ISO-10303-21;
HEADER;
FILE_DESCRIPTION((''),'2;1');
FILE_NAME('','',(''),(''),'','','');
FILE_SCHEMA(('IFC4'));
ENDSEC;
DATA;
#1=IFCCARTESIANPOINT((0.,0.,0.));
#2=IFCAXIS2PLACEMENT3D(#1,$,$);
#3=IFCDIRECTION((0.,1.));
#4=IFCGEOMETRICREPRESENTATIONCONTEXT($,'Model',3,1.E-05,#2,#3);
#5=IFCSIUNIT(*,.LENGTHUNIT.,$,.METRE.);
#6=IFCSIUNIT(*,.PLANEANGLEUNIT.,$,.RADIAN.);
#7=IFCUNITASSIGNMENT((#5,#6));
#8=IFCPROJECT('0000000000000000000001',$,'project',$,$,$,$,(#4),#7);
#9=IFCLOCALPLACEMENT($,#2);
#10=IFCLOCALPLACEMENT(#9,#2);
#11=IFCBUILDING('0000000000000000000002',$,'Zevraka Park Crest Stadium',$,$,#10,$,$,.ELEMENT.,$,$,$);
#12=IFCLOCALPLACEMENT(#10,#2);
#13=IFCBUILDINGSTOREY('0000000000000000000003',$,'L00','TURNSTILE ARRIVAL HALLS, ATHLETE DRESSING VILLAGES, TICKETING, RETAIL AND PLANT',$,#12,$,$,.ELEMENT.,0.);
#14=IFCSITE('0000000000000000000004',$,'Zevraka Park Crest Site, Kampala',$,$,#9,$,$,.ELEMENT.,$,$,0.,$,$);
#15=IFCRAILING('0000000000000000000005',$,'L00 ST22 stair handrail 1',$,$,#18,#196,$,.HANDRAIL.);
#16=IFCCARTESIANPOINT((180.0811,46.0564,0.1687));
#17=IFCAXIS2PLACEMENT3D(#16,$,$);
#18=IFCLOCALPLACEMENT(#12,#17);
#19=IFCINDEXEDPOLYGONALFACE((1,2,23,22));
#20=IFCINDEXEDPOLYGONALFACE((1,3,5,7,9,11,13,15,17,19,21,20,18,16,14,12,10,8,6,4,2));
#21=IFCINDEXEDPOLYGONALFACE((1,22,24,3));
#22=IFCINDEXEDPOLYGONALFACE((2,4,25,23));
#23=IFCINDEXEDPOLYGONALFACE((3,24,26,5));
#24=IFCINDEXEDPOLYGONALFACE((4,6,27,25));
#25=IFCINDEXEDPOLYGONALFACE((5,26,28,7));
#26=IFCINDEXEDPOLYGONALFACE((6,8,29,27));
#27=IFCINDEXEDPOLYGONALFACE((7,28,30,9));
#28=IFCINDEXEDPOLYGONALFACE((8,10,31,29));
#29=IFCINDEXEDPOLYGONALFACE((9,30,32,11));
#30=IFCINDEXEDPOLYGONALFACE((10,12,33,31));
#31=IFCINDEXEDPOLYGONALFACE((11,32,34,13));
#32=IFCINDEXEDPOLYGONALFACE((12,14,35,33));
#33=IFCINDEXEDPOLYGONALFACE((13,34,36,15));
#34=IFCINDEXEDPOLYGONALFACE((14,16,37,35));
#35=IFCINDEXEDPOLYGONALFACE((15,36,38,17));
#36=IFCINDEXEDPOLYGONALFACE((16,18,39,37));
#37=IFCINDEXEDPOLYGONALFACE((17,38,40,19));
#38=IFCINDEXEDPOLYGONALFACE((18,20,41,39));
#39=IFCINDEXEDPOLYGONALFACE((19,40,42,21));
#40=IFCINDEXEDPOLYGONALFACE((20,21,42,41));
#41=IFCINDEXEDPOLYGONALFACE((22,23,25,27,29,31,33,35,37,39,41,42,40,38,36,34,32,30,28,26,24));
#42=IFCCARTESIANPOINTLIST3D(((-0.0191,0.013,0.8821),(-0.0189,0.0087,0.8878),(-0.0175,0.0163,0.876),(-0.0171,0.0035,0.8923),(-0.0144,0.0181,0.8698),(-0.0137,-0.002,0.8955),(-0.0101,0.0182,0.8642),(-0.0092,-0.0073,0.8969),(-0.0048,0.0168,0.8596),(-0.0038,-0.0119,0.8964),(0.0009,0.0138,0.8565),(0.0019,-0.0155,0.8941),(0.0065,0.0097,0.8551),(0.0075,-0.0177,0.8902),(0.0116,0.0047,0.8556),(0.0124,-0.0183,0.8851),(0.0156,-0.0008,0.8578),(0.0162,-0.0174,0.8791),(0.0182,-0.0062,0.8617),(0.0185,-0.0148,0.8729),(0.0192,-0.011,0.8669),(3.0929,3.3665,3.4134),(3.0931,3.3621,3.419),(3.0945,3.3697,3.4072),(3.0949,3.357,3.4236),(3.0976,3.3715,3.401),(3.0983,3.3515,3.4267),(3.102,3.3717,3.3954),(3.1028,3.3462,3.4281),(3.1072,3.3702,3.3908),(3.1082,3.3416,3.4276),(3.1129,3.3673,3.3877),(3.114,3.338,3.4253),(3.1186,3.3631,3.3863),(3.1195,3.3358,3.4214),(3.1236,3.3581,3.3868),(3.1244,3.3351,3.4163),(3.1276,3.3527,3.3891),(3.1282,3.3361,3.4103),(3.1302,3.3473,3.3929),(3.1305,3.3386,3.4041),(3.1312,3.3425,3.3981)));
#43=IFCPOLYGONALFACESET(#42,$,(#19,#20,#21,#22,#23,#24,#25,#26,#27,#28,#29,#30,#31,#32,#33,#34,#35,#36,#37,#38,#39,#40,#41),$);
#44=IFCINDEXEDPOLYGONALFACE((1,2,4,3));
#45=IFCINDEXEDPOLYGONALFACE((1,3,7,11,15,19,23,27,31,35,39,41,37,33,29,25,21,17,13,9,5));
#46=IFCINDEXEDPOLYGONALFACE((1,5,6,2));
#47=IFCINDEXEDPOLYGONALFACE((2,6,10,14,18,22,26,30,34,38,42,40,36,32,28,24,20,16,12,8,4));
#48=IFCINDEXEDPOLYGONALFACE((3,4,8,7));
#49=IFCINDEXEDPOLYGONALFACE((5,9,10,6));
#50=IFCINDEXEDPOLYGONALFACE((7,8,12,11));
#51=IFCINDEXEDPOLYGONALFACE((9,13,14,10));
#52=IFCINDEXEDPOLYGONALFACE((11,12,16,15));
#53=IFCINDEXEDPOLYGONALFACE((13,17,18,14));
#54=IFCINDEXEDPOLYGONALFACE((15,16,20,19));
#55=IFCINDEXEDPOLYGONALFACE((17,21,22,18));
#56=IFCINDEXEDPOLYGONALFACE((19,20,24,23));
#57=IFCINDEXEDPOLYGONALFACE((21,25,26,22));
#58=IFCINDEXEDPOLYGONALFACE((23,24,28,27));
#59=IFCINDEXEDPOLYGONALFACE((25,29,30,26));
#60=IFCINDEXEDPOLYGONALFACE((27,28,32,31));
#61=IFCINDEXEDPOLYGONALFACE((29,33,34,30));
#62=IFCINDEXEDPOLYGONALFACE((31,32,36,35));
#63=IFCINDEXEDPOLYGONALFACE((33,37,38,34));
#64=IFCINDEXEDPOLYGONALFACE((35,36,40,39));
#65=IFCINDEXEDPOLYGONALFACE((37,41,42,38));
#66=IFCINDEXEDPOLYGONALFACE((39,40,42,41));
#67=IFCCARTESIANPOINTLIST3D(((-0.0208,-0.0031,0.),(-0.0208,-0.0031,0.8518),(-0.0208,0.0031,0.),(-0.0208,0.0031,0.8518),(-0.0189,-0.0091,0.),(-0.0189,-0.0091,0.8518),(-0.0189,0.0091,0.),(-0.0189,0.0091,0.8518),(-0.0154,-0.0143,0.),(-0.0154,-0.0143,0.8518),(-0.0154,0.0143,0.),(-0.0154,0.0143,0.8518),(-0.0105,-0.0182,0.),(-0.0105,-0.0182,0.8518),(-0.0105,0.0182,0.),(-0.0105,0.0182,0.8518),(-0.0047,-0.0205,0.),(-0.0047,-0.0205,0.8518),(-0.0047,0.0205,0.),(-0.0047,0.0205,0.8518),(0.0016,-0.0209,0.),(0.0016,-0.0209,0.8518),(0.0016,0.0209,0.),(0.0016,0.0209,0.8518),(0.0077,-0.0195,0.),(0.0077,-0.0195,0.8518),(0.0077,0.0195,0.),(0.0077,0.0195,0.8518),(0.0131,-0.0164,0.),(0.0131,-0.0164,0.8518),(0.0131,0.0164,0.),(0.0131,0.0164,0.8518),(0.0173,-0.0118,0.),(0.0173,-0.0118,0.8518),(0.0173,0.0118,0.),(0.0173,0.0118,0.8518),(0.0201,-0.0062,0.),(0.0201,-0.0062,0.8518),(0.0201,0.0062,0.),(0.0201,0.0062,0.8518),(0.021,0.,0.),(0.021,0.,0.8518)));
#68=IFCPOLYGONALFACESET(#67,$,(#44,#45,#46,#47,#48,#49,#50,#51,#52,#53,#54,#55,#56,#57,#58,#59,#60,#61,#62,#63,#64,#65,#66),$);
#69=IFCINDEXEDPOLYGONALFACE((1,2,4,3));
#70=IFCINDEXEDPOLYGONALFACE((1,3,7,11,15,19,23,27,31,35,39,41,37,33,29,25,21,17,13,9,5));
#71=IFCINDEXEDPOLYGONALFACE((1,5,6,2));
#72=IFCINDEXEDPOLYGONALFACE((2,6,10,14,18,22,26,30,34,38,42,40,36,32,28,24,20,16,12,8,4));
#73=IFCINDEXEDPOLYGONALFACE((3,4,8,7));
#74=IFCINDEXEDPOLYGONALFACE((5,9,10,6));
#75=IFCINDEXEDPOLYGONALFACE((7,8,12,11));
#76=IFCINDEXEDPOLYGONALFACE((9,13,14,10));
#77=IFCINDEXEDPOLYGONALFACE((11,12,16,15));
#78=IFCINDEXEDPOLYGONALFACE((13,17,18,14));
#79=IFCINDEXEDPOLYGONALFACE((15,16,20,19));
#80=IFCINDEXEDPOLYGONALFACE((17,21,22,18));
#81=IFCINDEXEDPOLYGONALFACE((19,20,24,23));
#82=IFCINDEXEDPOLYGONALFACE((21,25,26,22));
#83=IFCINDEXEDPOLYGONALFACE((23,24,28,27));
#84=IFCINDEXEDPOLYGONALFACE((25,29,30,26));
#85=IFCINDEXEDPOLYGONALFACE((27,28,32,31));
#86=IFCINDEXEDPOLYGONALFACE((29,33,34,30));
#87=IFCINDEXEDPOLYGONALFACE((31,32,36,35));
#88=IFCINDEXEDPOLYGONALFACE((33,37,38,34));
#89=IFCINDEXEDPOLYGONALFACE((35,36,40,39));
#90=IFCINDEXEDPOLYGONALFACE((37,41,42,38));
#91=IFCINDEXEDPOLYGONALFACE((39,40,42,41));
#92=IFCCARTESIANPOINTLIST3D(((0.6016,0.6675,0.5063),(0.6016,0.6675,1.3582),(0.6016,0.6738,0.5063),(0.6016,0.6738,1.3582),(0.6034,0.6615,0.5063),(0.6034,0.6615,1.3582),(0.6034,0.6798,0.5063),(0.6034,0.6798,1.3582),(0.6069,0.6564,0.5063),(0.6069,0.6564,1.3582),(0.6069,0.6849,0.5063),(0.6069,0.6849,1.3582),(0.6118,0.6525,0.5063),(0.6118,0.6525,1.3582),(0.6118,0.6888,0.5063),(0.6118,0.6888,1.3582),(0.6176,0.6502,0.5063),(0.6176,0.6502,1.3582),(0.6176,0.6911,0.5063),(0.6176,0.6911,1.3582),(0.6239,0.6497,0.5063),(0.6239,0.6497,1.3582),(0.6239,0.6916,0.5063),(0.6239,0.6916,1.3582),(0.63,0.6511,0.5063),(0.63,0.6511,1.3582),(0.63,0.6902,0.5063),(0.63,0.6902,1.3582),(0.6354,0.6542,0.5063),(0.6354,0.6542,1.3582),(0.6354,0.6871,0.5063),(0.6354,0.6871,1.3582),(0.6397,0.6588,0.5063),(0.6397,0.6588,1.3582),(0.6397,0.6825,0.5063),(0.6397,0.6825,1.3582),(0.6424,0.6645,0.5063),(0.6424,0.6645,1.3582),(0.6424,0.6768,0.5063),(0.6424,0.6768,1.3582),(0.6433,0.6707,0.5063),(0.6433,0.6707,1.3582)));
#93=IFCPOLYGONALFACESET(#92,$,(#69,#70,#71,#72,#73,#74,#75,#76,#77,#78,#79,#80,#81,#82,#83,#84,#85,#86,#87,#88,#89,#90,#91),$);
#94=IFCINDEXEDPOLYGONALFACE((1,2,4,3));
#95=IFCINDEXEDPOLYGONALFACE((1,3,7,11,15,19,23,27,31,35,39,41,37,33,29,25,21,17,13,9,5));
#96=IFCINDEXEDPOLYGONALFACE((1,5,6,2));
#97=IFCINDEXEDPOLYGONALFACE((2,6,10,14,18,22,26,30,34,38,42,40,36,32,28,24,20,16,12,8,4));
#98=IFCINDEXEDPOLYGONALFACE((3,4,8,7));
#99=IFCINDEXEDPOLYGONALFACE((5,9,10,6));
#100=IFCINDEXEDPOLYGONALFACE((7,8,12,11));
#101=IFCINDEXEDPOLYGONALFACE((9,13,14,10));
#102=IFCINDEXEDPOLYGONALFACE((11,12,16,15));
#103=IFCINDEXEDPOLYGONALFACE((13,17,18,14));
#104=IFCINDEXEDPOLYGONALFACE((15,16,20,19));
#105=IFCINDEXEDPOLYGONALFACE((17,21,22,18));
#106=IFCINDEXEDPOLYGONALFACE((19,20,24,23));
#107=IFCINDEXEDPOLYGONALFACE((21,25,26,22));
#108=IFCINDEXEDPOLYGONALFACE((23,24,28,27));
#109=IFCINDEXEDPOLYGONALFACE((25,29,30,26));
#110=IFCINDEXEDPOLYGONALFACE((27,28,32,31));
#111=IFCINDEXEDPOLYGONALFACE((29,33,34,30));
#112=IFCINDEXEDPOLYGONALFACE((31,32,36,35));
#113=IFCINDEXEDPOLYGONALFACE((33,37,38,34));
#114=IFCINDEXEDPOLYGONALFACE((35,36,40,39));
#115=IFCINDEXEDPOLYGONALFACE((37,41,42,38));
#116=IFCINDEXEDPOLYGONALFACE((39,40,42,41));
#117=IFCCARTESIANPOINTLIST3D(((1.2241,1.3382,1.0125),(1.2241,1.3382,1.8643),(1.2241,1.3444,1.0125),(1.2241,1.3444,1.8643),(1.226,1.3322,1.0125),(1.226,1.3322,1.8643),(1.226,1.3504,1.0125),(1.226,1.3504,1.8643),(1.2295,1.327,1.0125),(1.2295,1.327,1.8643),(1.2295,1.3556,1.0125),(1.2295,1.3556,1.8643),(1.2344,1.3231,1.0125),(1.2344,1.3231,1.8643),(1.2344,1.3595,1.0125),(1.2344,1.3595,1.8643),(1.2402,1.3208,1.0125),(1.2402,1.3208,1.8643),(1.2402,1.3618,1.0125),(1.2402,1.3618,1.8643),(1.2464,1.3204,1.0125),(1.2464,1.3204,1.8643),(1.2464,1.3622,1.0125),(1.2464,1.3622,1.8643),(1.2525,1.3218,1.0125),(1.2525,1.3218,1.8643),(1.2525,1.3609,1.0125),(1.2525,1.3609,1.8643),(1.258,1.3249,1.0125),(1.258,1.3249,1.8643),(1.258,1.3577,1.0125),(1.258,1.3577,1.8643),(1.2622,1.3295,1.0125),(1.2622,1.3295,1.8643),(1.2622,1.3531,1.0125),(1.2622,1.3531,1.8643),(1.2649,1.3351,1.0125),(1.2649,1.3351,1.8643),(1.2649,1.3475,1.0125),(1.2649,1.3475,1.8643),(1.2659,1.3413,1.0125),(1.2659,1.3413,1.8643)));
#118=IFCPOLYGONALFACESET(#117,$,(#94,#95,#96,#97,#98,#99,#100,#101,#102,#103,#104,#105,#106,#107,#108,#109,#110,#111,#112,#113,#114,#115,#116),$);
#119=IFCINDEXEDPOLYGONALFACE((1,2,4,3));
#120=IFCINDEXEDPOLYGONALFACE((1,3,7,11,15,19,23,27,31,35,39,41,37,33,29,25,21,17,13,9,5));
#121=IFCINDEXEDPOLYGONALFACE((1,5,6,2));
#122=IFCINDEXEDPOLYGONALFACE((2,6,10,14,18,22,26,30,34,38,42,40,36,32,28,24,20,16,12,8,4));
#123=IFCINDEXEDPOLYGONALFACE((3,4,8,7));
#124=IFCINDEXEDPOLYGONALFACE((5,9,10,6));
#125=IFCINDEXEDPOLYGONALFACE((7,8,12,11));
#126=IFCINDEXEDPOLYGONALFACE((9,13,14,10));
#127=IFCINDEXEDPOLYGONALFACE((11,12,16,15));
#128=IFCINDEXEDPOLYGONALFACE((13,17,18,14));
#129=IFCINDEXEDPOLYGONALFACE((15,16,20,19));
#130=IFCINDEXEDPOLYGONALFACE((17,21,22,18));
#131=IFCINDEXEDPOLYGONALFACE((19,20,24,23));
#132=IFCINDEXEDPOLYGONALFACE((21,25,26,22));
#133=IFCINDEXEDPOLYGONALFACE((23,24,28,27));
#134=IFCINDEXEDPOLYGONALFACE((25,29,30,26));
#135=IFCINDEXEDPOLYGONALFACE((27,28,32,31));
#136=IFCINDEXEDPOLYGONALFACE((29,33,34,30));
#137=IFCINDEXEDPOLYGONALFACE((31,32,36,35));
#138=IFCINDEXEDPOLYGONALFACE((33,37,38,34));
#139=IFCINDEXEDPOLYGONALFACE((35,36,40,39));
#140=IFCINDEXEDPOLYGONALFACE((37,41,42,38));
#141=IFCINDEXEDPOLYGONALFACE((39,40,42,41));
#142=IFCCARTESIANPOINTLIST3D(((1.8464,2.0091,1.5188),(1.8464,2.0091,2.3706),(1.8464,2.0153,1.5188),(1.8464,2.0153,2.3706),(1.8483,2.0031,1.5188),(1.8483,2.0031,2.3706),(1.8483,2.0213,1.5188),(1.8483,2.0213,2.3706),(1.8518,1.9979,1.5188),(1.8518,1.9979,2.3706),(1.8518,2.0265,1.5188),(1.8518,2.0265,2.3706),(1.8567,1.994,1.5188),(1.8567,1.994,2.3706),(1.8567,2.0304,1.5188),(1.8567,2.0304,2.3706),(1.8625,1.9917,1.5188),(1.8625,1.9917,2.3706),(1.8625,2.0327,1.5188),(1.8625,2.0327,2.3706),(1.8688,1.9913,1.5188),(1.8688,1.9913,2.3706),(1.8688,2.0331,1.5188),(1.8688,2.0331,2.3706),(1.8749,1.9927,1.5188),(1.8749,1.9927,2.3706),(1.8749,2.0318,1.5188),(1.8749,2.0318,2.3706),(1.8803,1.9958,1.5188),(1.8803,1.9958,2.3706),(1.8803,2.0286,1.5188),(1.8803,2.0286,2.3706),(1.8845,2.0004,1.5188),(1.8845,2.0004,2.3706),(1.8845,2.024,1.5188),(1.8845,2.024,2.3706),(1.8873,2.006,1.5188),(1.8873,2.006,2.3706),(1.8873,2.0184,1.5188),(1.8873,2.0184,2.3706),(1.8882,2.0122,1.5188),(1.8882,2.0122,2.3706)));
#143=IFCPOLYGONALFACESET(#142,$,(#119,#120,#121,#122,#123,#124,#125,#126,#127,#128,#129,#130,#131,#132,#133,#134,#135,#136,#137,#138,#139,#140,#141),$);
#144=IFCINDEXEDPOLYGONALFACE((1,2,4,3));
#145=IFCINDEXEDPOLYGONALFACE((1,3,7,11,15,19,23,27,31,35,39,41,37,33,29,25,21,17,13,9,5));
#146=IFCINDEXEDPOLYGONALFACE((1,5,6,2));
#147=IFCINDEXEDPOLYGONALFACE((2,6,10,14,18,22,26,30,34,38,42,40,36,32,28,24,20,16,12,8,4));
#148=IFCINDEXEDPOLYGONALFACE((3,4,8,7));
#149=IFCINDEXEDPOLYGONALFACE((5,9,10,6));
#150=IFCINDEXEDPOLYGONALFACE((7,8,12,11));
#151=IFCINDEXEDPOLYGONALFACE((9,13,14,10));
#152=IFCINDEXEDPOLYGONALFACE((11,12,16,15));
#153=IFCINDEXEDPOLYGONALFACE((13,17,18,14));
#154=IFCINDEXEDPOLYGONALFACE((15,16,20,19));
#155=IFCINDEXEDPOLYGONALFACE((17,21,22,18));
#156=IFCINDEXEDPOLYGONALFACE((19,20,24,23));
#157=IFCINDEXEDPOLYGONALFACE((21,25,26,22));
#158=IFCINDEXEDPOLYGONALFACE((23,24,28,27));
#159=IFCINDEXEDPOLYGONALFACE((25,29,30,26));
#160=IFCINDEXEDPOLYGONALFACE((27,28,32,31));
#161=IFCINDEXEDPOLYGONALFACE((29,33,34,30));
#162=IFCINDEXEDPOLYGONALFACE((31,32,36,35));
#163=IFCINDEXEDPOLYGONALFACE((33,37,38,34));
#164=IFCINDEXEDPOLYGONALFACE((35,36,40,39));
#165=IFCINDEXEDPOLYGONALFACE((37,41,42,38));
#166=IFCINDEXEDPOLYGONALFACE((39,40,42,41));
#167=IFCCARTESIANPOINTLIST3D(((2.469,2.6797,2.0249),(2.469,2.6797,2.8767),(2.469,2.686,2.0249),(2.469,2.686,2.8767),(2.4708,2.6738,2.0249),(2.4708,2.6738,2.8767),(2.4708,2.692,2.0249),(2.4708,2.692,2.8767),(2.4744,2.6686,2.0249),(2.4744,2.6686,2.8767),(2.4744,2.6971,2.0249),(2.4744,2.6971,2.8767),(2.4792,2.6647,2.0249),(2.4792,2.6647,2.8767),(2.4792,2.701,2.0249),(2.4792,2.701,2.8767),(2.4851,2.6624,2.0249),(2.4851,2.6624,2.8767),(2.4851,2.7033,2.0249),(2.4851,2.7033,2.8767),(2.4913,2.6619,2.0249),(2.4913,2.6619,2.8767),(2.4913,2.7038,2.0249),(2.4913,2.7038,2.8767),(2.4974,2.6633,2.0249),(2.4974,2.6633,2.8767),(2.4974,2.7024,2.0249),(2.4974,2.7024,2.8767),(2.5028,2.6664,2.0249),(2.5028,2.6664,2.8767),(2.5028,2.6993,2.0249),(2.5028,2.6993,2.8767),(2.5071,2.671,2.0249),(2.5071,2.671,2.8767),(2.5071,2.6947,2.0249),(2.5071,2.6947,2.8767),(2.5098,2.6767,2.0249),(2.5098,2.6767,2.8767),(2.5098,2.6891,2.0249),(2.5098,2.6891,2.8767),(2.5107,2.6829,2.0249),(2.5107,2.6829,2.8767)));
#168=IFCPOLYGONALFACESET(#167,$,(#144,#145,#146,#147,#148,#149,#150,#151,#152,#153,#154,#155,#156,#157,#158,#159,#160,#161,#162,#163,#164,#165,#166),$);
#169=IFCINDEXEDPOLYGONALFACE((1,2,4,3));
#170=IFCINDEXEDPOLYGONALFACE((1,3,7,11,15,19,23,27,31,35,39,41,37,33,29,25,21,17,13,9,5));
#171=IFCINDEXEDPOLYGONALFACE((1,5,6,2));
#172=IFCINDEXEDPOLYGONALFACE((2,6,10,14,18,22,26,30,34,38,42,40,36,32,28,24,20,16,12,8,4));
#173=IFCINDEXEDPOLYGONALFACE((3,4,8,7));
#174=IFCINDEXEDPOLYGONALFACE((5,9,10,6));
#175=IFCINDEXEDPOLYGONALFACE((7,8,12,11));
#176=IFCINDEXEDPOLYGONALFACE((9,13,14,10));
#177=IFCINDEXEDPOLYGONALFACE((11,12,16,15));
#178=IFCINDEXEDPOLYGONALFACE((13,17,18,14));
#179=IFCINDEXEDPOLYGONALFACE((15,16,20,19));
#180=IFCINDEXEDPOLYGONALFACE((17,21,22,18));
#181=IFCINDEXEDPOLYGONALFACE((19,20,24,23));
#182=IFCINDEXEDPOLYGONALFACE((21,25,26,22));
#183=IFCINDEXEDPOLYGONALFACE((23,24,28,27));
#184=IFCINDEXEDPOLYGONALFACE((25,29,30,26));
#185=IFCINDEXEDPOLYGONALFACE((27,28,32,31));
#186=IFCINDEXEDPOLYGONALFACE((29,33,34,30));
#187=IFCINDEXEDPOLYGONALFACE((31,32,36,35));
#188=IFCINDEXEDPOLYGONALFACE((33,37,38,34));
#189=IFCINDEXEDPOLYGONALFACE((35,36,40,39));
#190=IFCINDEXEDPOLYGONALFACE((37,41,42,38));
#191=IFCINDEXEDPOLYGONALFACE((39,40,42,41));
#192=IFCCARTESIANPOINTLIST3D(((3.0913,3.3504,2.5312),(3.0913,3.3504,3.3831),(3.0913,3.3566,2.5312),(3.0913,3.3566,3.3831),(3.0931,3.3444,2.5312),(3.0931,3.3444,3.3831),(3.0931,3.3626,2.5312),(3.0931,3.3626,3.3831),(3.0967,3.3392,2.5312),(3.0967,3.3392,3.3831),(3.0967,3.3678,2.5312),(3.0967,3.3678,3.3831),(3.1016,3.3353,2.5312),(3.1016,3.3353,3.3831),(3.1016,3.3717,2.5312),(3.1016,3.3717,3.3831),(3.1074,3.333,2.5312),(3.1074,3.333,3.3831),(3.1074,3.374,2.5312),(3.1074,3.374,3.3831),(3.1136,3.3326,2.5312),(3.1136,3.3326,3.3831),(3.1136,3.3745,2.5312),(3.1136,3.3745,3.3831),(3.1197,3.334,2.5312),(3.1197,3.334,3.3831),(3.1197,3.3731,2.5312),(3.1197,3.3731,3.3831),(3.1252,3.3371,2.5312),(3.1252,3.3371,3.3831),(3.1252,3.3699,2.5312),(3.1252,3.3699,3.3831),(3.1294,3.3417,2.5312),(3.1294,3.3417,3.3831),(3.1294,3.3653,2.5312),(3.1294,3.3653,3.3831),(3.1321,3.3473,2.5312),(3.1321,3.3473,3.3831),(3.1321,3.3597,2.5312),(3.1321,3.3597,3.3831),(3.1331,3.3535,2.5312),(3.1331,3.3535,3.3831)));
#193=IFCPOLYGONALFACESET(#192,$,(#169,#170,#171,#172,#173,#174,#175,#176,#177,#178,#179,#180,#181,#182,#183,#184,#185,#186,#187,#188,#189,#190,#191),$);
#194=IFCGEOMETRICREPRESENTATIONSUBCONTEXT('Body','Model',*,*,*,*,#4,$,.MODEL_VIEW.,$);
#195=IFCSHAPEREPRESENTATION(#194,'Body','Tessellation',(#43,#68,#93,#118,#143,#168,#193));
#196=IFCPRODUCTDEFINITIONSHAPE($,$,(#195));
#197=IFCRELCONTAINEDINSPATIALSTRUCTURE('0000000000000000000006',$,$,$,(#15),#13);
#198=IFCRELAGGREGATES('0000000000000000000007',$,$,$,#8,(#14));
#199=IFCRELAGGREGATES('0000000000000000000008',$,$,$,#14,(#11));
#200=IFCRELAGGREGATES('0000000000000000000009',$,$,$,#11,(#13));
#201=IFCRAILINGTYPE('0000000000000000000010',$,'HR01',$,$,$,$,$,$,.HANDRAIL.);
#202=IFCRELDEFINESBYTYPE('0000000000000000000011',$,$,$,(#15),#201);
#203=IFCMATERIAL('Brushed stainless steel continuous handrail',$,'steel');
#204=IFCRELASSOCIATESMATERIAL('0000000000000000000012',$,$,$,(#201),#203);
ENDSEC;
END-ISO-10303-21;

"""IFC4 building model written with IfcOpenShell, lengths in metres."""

from ifc_helpers import new_model, si_unit, direction, frame, origin, origin_2d, place, context, subcontext, project, spatial, circle, extrude, material, type_object, element, save


model = new_model("IFC4")

# Units and contexts
model_context = context("Model", 3, precision=1e-05, world=origin(), true_north=direction((0.0, 1.0)))
body_context = subcontext(model_context, "Body", "Model", "MODEL_VIEW")
ifc_project = project(units=[si_unit("LENGTHUNIT", "METRE"), si_unit("PLANEANGLEUNIT", "RADIAN")], contexts=[model_context])

# Site, building, storey
site_placement = place(None, origin())
site = spatial("IfcSite", under=ifc_project, at=site_placement, Name="Zevraka Park Crest Site, Kampala", CompositionType="ELEMENT", RefElevation=0.0)
building_placement = place(site_placement, origin())
building = spatial("IfcBuilding", under=site, at=building_placement, Name="Zevraka Park Crest Stadium", CompositionType="ELEMENT")
storey_placement = place(building_placement, origin())
storey = spatial("IfcBuildingStorey", under=building, at=storey_placement, Name="L00", Description="TURNSTILE ARRIVAL HALLS, ATHLETE DRESSING VILLAGES, TICKETING, RETAIL AND PLANT", CompositionType="ELEMENT", Elevation=0.0)

# Railing
ifc_material_1 = material(Name="Brushed stainless steel continuous handrail", Category="steel")
railing_type_1 = type_object("IfcRailingType", Name="HR01", PredefinedType="HANDRAIL", material=ifc_material_1)
railing_1_placement = place(storey_placement, frame((180.0811, 46.0564, 0.1687)))
element("IfcRailing", 1, at=railing_1_placement, inside=storey, type_object=railing_type_1, Name="L00 ST22 stair handrail 1", PredefinedType="HANDRAIL", context=body_context, shape_type="SweptSolid", body=[
    extrude(circle(Radius=0.0239, at=origin_2d()), frame((0.0, 0.0, 0.876), z_axis=(0.5952, 0.64138, 0.484117), x_axis=(-0.733003, 0.680226, 0.0)), (0.0, 0.0, 1.0), 5.2285),
    extrude(circle(Radius=0.021, at=origin_2d()), origin(), (0.0, 0.0, 1.0), 0.8518),
    extrude(circle(Radius=0.021, at=origin_2d()), frame((0.6223, 0.6707, 0.5063)), (0.0, 0.0, 1.0), 0.8518),
    extrude(circle(Radius=0.021, at=origin_2d()), frame((1.2449, 1.3413, 1.0125)), (0.0, 0.0, 1.0), 0.8518),
    extrude(circle(Radius=0.021, at=origin_2d()), frame((1.8672, 2.0122, 1.5188)), (0.0, 0.0, 1.0), 0.8518),
    extrude(circle(Radius=0.021, at=origin_2d()), frame((2.4897, 2.6829, 2.0249)), (0.0, 0.0, 1.0), 0.8518),
    extrude(circle(Radius=0.021, at=origin_2d()), frame((3.1121, 3.3535, 2.5312)), (0.0, 0.0, 1.0), 0.8518),
])

save(model, "model.ifc")
